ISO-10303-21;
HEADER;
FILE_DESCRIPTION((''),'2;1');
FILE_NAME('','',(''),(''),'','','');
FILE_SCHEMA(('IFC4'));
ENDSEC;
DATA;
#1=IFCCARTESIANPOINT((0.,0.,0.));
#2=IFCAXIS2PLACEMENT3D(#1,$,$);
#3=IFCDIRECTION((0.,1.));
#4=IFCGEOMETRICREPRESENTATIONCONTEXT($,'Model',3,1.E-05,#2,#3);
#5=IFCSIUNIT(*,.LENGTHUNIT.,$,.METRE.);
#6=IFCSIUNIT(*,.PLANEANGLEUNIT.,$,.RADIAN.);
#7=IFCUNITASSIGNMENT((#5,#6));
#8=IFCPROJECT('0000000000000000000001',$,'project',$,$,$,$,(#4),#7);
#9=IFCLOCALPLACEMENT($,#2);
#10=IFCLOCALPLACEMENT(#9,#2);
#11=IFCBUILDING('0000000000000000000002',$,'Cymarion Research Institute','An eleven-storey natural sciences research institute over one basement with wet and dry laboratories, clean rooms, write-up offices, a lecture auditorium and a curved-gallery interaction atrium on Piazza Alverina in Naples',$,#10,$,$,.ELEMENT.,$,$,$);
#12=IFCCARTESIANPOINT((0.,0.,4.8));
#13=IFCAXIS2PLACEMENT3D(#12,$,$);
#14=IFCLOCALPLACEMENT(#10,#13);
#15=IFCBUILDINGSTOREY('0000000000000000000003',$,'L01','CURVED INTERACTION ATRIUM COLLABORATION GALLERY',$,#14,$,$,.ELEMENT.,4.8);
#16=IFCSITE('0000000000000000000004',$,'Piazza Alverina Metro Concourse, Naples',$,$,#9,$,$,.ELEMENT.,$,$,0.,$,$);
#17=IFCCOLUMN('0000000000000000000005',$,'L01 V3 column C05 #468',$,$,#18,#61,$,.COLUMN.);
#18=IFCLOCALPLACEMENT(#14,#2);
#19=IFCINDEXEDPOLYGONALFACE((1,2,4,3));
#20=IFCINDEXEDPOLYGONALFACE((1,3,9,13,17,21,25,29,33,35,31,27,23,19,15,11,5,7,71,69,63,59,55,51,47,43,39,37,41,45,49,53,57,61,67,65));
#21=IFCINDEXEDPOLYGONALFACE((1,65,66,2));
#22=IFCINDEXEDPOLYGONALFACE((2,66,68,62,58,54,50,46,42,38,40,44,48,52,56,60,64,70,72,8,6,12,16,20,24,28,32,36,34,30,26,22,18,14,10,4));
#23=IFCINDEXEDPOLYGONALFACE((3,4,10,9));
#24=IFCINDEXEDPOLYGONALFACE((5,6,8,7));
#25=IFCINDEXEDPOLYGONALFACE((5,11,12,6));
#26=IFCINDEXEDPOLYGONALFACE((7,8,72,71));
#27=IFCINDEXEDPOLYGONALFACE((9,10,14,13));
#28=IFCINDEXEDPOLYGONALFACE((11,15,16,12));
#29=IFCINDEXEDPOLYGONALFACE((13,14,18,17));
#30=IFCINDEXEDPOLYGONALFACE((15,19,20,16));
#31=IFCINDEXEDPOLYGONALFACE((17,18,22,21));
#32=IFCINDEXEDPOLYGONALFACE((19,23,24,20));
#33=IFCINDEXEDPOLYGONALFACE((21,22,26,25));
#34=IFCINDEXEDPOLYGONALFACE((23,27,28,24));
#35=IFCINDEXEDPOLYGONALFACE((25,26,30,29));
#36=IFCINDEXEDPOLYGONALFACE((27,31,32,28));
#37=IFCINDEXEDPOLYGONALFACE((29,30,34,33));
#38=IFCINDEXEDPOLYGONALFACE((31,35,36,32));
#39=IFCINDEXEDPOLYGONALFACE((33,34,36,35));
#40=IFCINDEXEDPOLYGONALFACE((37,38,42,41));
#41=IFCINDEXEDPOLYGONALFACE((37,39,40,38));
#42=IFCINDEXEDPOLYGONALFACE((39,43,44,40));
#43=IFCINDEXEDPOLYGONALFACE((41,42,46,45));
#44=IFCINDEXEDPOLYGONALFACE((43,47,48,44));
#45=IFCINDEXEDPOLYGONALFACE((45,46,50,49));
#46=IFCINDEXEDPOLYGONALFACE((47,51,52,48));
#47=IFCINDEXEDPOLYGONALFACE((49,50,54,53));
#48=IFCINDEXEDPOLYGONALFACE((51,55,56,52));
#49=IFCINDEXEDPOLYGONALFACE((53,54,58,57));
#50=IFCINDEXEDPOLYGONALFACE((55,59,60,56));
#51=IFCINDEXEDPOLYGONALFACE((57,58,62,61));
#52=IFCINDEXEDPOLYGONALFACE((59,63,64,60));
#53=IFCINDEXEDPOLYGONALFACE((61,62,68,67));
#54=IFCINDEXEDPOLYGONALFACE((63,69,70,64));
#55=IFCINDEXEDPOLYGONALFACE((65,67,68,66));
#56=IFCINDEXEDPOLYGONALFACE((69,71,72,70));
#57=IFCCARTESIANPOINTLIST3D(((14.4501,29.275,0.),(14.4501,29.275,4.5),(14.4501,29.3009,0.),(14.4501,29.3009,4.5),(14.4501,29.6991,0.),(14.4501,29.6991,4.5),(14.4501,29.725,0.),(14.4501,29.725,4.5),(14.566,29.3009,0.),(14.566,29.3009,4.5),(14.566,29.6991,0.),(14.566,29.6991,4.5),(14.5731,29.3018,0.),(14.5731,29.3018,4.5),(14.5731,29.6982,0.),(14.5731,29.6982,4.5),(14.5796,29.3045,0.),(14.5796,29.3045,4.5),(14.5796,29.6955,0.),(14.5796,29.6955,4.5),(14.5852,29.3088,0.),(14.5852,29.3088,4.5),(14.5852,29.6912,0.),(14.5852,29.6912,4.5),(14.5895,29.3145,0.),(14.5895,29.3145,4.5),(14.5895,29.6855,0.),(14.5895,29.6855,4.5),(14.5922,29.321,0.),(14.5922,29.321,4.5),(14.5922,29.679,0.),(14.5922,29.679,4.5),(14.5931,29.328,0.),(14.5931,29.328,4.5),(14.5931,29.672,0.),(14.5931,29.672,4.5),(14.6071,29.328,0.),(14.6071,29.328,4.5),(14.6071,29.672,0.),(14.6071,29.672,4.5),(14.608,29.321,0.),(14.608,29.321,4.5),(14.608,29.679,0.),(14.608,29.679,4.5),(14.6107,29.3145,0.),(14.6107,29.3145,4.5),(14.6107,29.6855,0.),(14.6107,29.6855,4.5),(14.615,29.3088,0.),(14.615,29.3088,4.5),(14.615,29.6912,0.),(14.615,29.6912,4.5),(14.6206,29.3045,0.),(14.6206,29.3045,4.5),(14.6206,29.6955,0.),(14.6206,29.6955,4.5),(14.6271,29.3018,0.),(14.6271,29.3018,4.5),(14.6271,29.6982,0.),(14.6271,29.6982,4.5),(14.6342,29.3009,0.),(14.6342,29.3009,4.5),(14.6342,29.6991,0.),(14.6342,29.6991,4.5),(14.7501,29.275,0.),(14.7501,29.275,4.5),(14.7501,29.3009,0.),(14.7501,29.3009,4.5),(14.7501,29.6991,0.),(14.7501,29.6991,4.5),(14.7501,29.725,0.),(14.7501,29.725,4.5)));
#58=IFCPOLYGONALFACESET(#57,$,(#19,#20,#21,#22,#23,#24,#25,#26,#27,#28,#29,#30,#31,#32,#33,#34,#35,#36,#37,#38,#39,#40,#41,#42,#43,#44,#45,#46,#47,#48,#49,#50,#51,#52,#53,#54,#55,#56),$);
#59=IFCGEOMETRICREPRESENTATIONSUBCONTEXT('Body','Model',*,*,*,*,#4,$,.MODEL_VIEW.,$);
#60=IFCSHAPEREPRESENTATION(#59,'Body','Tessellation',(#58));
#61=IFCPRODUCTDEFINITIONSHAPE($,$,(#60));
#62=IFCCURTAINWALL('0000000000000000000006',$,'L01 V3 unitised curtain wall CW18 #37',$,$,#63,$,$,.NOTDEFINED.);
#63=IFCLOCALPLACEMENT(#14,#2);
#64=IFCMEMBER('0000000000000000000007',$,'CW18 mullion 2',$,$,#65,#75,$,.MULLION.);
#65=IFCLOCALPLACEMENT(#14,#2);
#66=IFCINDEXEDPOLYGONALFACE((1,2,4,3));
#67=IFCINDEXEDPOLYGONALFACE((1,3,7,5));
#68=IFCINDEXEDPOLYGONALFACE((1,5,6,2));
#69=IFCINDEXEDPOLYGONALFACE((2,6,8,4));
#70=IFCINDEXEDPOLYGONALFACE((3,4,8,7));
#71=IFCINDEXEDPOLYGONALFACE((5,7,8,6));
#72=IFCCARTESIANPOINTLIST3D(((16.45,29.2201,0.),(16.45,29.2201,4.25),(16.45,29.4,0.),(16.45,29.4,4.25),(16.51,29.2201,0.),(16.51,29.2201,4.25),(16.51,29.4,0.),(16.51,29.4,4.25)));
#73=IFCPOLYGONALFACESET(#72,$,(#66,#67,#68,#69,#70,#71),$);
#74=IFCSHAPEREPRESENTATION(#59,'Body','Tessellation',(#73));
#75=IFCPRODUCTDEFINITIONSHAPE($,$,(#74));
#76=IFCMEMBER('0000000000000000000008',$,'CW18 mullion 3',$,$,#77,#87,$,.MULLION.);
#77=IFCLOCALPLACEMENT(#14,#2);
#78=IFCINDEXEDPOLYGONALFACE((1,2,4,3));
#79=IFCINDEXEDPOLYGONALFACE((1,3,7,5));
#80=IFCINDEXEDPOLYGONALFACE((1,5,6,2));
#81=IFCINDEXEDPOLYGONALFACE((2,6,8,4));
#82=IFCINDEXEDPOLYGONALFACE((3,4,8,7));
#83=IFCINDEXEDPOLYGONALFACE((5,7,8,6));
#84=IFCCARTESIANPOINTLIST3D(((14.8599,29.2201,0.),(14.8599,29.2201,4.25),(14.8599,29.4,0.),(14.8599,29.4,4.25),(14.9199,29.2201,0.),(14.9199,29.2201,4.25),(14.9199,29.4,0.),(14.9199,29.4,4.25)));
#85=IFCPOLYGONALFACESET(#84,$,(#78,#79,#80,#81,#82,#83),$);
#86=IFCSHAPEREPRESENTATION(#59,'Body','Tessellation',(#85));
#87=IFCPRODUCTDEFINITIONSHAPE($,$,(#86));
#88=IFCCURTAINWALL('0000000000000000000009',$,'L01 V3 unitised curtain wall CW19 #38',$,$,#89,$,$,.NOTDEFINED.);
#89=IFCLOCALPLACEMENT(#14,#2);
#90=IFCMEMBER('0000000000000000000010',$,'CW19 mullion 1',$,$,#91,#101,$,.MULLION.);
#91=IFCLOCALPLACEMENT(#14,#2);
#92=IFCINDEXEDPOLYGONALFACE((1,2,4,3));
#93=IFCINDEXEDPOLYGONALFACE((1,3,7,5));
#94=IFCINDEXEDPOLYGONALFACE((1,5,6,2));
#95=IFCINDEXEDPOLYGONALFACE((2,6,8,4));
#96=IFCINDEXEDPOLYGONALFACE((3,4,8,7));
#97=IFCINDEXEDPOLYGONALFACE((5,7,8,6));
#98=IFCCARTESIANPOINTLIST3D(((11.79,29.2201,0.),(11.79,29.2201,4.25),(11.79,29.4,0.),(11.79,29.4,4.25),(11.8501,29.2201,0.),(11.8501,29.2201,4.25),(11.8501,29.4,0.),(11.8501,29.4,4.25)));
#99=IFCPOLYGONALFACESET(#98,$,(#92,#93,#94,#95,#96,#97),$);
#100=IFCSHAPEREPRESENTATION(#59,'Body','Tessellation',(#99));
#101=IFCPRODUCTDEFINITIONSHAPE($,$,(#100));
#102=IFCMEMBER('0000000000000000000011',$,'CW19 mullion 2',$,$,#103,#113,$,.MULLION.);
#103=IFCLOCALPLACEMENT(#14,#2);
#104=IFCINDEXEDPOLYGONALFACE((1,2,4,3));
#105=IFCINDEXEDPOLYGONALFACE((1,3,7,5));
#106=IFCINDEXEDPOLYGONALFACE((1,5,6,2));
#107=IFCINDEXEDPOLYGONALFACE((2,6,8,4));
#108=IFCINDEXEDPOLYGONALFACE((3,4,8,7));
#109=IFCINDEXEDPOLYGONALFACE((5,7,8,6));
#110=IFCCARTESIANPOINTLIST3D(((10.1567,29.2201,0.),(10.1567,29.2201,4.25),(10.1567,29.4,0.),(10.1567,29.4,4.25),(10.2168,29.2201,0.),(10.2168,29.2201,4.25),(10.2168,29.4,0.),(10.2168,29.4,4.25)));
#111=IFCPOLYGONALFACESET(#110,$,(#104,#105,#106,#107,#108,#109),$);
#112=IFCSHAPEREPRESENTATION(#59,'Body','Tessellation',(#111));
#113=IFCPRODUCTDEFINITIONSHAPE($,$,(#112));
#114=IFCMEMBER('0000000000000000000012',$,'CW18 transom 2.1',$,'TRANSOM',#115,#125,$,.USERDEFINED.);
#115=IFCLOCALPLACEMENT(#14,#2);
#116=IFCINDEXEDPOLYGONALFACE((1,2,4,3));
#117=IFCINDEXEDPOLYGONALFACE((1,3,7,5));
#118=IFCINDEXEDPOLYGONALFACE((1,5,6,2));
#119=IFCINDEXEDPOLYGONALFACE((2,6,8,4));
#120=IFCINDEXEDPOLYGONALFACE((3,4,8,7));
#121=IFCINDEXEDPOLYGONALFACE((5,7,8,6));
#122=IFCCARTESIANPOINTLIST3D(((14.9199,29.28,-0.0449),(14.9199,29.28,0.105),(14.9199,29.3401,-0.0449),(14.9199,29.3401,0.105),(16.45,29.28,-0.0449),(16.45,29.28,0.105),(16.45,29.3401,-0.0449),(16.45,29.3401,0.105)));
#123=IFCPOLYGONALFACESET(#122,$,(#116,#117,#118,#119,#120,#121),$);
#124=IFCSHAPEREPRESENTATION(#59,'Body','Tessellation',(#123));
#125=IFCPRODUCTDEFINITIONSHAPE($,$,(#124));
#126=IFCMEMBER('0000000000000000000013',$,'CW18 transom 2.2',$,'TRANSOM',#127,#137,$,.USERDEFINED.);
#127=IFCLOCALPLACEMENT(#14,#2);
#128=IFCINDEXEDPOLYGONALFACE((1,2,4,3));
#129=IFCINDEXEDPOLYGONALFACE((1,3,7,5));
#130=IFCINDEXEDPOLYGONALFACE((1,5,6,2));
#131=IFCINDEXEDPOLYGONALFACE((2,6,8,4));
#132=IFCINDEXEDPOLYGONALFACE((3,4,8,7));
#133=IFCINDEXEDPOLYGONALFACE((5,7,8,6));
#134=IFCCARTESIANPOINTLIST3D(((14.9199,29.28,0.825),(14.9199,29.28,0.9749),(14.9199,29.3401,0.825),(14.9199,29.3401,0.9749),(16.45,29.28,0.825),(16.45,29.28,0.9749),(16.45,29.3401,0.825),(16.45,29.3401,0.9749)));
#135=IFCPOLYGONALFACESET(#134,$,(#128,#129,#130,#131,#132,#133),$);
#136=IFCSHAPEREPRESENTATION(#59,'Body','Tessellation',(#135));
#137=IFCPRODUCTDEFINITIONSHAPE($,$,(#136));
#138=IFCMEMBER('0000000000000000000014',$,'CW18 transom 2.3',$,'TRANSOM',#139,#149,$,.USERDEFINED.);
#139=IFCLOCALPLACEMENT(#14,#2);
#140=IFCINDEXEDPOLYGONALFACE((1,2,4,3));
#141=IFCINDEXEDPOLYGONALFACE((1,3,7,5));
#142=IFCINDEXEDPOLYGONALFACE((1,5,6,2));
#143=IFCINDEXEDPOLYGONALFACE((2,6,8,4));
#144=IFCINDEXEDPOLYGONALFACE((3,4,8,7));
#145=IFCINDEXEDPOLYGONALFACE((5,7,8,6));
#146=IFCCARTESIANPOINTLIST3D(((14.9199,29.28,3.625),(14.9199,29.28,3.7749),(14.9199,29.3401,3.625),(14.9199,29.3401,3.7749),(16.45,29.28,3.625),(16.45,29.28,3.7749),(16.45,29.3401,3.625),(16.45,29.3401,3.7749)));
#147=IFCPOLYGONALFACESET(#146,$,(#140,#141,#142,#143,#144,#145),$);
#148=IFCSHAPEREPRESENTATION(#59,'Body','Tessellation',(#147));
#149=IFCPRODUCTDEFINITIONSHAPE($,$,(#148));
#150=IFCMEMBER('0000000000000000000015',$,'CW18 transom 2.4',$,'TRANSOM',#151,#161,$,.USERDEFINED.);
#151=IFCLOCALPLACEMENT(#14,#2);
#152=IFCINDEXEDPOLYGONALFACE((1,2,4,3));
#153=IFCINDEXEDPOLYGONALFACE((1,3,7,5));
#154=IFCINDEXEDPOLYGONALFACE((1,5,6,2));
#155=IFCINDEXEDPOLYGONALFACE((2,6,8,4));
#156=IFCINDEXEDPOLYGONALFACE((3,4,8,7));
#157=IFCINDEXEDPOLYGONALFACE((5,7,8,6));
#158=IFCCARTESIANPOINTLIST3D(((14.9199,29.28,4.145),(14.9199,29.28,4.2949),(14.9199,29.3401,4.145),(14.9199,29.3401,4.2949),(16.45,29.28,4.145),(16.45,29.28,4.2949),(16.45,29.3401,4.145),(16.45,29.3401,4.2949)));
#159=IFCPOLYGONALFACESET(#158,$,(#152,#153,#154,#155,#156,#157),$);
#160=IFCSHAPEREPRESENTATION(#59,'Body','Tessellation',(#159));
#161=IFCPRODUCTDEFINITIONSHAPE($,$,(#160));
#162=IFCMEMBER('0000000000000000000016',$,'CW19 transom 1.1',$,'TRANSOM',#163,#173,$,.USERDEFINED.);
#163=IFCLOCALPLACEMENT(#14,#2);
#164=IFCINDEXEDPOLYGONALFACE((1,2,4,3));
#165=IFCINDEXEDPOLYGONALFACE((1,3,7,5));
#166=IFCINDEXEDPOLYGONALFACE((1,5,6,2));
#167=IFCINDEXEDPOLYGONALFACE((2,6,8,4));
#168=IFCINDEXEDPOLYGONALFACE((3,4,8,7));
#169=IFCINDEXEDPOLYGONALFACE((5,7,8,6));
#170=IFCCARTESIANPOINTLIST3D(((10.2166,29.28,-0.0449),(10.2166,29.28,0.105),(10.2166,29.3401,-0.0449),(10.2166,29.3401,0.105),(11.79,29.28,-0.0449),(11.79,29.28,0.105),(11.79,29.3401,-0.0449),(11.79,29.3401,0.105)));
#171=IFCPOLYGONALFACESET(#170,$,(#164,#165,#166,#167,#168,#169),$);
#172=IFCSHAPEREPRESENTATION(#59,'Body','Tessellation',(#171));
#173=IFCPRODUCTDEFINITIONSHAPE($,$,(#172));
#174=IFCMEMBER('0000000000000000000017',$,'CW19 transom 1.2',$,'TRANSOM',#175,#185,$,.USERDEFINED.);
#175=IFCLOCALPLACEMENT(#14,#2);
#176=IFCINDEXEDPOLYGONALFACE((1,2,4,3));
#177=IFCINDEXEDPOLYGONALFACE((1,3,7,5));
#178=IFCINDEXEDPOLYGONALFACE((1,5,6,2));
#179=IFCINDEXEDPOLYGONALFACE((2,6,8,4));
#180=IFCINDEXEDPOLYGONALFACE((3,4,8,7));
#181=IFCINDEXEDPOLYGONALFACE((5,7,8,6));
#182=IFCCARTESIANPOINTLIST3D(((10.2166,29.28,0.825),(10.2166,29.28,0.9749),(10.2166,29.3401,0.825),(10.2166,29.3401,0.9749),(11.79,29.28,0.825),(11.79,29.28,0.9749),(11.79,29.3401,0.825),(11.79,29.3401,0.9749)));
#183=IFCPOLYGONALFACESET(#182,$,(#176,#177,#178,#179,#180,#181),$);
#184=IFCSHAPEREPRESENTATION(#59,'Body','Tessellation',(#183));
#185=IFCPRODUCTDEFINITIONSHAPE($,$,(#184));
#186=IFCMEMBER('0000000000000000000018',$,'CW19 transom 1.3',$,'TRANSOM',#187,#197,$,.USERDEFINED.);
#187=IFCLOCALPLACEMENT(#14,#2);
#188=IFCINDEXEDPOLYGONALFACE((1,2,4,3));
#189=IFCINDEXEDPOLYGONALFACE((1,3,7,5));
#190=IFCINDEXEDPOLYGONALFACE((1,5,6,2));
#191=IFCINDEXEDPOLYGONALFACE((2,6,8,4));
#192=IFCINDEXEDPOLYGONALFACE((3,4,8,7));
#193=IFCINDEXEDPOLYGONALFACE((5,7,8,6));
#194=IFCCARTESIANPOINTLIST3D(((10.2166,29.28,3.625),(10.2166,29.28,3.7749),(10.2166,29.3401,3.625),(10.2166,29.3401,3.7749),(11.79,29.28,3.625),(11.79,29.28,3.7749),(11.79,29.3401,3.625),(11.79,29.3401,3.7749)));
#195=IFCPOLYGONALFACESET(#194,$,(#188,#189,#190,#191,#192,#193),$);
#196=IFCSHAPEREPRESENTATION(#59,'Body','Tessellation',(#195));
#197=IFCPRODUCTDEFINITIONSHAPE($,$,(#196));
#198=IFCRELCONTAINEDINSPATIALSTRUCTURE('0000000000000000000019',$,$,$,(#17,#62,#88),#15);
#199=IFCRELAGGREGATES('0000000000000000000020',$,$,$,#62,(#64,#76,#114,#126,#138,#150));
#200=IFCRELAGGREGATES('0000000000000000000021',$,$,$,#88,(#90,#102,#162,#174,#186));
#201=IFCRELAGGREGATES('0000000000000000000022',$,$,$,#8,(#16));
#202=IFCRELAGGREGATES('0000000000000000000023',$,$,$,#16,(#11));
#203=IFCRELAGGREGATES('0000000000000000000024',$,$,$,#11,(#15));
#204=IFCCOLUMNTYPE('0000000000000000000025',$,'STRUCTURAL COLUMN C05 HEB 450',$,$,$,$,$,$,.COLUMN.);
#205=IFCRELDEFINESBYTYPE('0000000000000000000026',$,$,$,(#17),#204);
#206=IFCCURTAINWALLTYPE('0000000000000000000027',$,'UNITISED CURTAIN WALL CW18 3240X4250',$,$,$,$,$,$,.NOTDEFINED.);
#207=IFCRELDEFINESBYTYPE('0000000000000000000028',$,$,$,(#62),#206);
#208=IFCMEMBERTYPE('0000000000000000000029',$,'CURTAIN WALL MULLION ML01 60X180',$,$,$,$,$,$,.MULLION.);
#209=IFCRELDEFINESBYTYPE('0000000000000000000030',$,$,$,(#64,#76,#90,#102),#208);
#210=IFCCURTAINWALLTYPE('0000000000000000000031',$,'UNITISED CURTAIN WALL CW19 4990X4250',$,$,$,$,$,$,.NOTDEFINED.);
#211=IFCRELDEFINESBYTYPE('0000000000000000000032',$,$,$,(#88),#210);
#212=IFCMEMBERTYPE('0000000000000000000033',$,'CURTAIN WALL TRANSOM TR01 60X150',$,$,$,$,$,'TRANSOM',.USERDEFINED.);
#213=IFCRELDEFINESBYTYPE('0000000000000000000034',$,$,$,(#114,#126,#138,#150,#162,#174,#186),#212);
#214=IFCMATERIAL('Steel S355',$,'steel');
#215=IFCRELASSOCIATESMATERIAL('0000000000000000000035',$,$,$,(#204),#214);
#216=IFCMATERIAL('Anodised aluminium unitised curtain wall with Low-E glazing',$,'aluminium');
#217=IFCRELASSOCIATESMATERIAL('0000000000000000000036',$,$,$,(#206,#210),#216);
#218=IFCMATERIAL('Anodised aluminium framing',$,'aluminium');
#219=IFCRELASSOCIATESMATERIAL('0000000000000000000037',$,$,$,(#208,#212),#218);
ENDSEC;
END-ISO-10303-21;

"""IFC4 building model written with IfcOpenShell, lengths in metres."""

from ifc_helpers import new_model, si_unit, direction, frame, origin, origin_2d, place, context, subcontext, project, spatial, rectangle, i_section, extrude, material, material_profile, profile_set, type_object, element, aggregate, save


model = new_model("IFC4")

# Units and contexts
model_context = context("Model", 3, precision=1e-05, world=origin(), true_north=direction((0.0, 1.0)))
body_context = subcontext(model_context, "Body", "Model", "MODEL_VIEW")
ifc_project = project(units=[si_unit("LENGTHUNIT", "METRE"), si_unit("PLANEANGLEUNIT", "RADIAN")], contexts=[model_context])

# Site, building, storey
site_placement = place(None, origin())
site = spatial("IfcSite", under=ifc_project, at=site_placement, Name="Piazza Alverina Metro Concourse, Naples", CompositionType="ELEMENT", RefElevation=0.0)
building_placement = place(site_placement, origin())
building = spatial("IfcBuilding", under=site, at=building_placement, Name="Cymarion Research Institute", Description="An eleven-storey natural sciences research institute over one basement with wet and dry laboratories, clean rooms, write-up offices, a lecture auditorium and a curved-gallery interaction atrium on Piazza Alverina in Naples", CompositionType="ELEMENT")
storey_placement = place(building_placement, frame((0.0, 0.0, 4.8)))
storey = spatial("IfcBuildingStorey", under=building, at=storey_placement, Name="L01", Description="CURVED INTERACTION ATRIUM COLLABORATION GALLERY", CompositionType="ELEMENT", Elevation=4.8)

# Column
ifc_material_1 = material(Name="Steel S355", Category="steel")
ifc_material_profile_1 = material_profile(ifc_material_1, i_section(OverallWidth=0.3, OverallDepth=0.45, WebThickness=0.0139, FlangeThickness=0.0259, FilletRadius=0.0271, at=origin_2d()), Name="HEB 450")
ifc_profile_set_1 = profile_set([ifc_material_profile_1], Name="Steel S355")
column_type = type_object("IfcColumnType", Name="STRUCTURAL COLUMN C05 HEB 450", PredefinedType="COLUMN", material=ifc_profile_set_1)
column_placement = place(storey_placement, frame((14.6001, 29.5, 0.0), z_axis=(0.0, 0.0, 1.0), x_axis=(1.0, 0.0, 0.0)))
element("IfcColumn", 1, at=column_placement, inside=storey, type_object=column_type, Name="L01 V3 column C05 #468", PredefinedType="COLUMN", context=body_context, shape_type="SweptSolid", body=[
    extrude(i_section(OverallWidth=0.3, OverallDepth=0.45, WebThickness=0.0139, FlangeThickness=0.0259, FilletRadius=0.0271, at=origin_2d()), origin(), (0.0, 0.0, 1.0), 4.5),
])

# Curtain walls, members
ifc_material_2 = material(Name="Anodised aluminium unitised curtain wall with Low-E glazing", Category="aluminium")
curtain_wall_type_1 = type_object("IfcCurtainWallType", Name="UNITISED CURTAIN WALL CW18 3240X4250", PredefinedType="NOTDEFINED", material=ifc_material_2)
curtain_wall_1_placement = place(storey_placement, origin())
curtain_wall_1 = element("IfcCurtainWall", 2, at=curtain_wall_1_placement, inside=storey, type_object=curtain_wall_type_1, Name="L01 V3 unitised curtain wall CW18 #37", PredefinedType="NOTDEFINED")
ifc_material_3 = material(Name="Anodised aluminium framing", Category="aluminium")
ifc_material_profile_2 = material_profile(ifc_material_3, rectangle(XDim=0.0601, YDim=0.1799, at=origin_2d()), Name="ALU MULLION 60x180")
ifc_profile_set_2 = profile_set([ifc_material_profile_2], Name="Anodised aluminium framing")
member_type_1 = type_object("IfcMemberType", Name="CURTAIN WALL MULLION ML01 60X180", PredefinedType="MULLION", material=ifc_profile_set_2)
member_1_placement = place(storey_placement, frame((16.48, 29.3101, 0.0), z_axis=(0.0, 0.0, 1.0), x_axis=(-1.0, 0.0, 0.0)))
member_1 = element("IfcMember", 3, at=member_1_placement, type_object=member_type_1, Name="CW18 mullion 2", PredefinedType="MULLION", context=body_context, shape_type="SweptSolid", body=[
    extrude(rectangle(XDim=0.0601, YDim=0.1799, at=origin_2d()), origin(), (0.0, 0.0, 1.0), 4.25),
])
member_2_placement = place(storey_placement, frame((14.8899, 29.3101, 0.0), z_axis=(0.0, 0.0, 1.0), x_axis=(-1.0, 0.0, 0.0)))
member_2 = element("IfcMember", 4, at=member_2_placement, type_object=member_type_1, Name="CW18 mullion 3", PredefinedType="MULLION", context=body_context, shape_type="SweptSolid", body=[
    extrude(rectangle(XDim=0.0601, YDim=0.1799, at=origin_2d()), origin(), (0.0, 0.0, 1.0), 4.25),
])
curtain_wall_type_2 = type_object("IfcCurtainWallType", Name="UNITISED CURTAIN WALL CW19 4990X4250", PredefinedType="NOTDEFINED", material=ifc_material_2)
curtain_wall_2_placement = place(storey_placement, origin())
curtain_wall_2 = element("IfcCurtainWall", 5, at=curtain_wall_2_placement, inside=storey, type_object=curtain_wall_type_2, Name="L01 V3 unitised curtain wall CW19 #38", PredefinedType="NOTDEFINED")
member_3_placement = place(storey_placement, frame((11.8201, 29.3101, 0.0), z_axis=(0.0, 0.0, 1.0), x_axis=(-1.0, 0.0, 0.0)))
member_3 = element("IfcMember", 6, at=member_3_placement, type_object=member_type_1, Name="CW19 mullion 1", PredefinedType="MULLION", context=body_context, shape_type="SweptSolid", body=[
    extrude(rectangle(XDim=0.0601, YDim=0.1799, at=origin_2d()), origin(), (0.0, 0.0, 1.0), 4.25),
])
member_4_placement = place(storey_placement, frame((10.1868, 29.3101, 0.0), z_axis=(0.0, 0.0, 1.0), x_axis=(-1.0, 0.0, 0.0)))
member_4 = element("IfcMember", 7, at=member_4_placement, type_object=member_type_1, Name="CW19 mullion 2", PredefinedType="MULLION", context=body_context, shape_type="SweptSolid", body=[
    extrude(rectangle(XDim=0.0601, YDim=0.1799, at=origin_2d()), origin(), (0.0, 0.0, 1.0), 4.25),
])

# Members
ifc_material_profile_3 = material_profile(ifc_material_3, rectangle(XDim=0.0601, YDim=0.1499, at=origin_2d()), Name="ALU TRANSOM 60x150")
ifc_profile_set_3 = profile_set([ifc_material_profile_3], Name="Anodised aluminium framing")
member_type_2 = type_object("IfcMemberType", Name="CURTAIN WALL TRANSOM TR01 60X150", ElementType="TRANSOM", PredefinedType="USERDEFINED", material=ifc_profile_set_3)
member_5_placement = place(storey_placement, frame((16.45, 29.3101, 0.03), z_axis=(-1.0, 0.0, 0.0), x_axis=(0.0, -1.0, 0.0)))
member_5 = element("IfcMember", 8, at=member_5_placement, type_object=member_type_2, Name="CW18 transom 2.1", ObjectType="TRANSOM", PredefinedType="USERDEFINED", context=body_context, shape_type="SweptSolid", body=[
    extrude(rectangle(XDim=0.0601, YDim=0.1499, at=origin_2d()), origin(), (0.0, 0.0, 1.0), 1.53),
])
member_6_placement = place(storey_placement, frame((16.45, 29.3101, 0.8999), z_axis=(-1.0, 0.0, 0.0), x_axis=(0.0, -1.0, 0.0)))
member_6 = element("IfcMember", 9, at=member_6_placement, type_object=member_type_2, Name="CW18 transom 2.2", ObjectType="TRANSOM", PredefinedType="USERDEFINED", context=body_context, shape_type="SweptSolid", body=[
    extrude(rectangle(XDim=0.0601, YDim=0.1499, at=origin_2d()), origin(), (0.0, 0.0, 1.0), 1.53),
])
member_7_placement = place(storey_placement, frame((16.45, 29.3101, 3.7), z_axis=(-1.0, 0.0, 0.0), x_axis=(0.0, -1.0, 0.0)))
member_7 = element("IfcMember", 10, at=member_7_placement, type_object=member_type_2, Name="CW18 transom 2.3", ObjectType="TRANSOM", PredefinedType="USERDEFINED", context=body_context, shape_type="SweptSolid", body=[
    extrude(rectangle(XDim=0.0601, YDim=0.1499, at=origin_2d()), origin(), (0.0, 0.0, 1.0), 1.53),
])
member_8_placement = place(storey_placement, frame((16.45, 29.3101, 4.22), z_axis=(-1.0, 0.0, 0.0), x_axis=(0.0, -1.0, 0.0)))
member_8 = element("IfcMember", 11, at=member_8_placement, type_object=member_type_2, Name="CW18 transom 2.4", ObjectType="TRANSOM", PredefinedType="USERDEFINED", context=body_context, shape_type="SweptSolid", body=[
    extrude(rectangle(XDim=0.0601, YDim=0.1499, at=origin_2d()), origin(), (0.0, 0.0, 1.0), 1.53),
])
member_9_placement = place(storey_placement, frame((11.79, 29.3101, 0.03), z_axis=(-1.0, 0.0, 0.0), x_axis=(0.0, -1.0, 0.0)))
member_9 = element("IfcMember", 12, at=member_9_placement, type_object=member_type_2, Name="CW19 transom 1.1", ObjectType="TRANSOM", PredefinedType="USERDEFINED", context=body_context, shape_type="SweptSolid", body=[
    extrude(rectangle(XDim=0.0601, YDim=0.1499, at=origin_2d()), origin(), (0.0, 0.0, 1.0), 1.5735),
])
member_10_placement = place(storey_placement, frame((11.79, 29.3101, 0.8999), z_axis=(-1.0, 0.0, 0.0), x_axis=(0.0, -1.0, 0.0)))
member_10 = element("IfcMember", 13, at=member_10_placement, type_object=member_type_2, Name="CW19 transom 1.2", ObjectType="TRANSOM", PredefinedType="USERDEFINED", context=body_context, shape_type="SweptSolid", body=[
    extrude(rectangle(XDim=0.0601, YDim=0.1499, at=origin_2d()), origin(), (0.0, 0.0, 1.0), 1.5735),
])
member_11_placement = place(storey_placement, frame((11.79, 29.3101, 3.7), z_axis=(-1.0, 0.0, 0.0), x_axis=(0.0, -1.0, 0.0)))
member_11 = element("IfcMember", 14, at=member_11_placement, type_object=member_type_2, Name="CW19 transom 1.3", ObjectType="TRANSOM", PredefinedType="USERDEFINED", context=body_context, shape_type="SweptSolid", body=[
    extrude(rectangle(XDim=0.0601, YDim=0.1499, at=origin_2d()), origin(), (0.0, 0.0, 1.0), 1.5735),
])

aggregate(curtain_wall_1, [member_1, member_2, member_5, member_6, member_7, member_8])
aggregate(curtain_wall_2, [member_3, member_4, member_9, member_10, member_11])

save(model, "model.ifc")
